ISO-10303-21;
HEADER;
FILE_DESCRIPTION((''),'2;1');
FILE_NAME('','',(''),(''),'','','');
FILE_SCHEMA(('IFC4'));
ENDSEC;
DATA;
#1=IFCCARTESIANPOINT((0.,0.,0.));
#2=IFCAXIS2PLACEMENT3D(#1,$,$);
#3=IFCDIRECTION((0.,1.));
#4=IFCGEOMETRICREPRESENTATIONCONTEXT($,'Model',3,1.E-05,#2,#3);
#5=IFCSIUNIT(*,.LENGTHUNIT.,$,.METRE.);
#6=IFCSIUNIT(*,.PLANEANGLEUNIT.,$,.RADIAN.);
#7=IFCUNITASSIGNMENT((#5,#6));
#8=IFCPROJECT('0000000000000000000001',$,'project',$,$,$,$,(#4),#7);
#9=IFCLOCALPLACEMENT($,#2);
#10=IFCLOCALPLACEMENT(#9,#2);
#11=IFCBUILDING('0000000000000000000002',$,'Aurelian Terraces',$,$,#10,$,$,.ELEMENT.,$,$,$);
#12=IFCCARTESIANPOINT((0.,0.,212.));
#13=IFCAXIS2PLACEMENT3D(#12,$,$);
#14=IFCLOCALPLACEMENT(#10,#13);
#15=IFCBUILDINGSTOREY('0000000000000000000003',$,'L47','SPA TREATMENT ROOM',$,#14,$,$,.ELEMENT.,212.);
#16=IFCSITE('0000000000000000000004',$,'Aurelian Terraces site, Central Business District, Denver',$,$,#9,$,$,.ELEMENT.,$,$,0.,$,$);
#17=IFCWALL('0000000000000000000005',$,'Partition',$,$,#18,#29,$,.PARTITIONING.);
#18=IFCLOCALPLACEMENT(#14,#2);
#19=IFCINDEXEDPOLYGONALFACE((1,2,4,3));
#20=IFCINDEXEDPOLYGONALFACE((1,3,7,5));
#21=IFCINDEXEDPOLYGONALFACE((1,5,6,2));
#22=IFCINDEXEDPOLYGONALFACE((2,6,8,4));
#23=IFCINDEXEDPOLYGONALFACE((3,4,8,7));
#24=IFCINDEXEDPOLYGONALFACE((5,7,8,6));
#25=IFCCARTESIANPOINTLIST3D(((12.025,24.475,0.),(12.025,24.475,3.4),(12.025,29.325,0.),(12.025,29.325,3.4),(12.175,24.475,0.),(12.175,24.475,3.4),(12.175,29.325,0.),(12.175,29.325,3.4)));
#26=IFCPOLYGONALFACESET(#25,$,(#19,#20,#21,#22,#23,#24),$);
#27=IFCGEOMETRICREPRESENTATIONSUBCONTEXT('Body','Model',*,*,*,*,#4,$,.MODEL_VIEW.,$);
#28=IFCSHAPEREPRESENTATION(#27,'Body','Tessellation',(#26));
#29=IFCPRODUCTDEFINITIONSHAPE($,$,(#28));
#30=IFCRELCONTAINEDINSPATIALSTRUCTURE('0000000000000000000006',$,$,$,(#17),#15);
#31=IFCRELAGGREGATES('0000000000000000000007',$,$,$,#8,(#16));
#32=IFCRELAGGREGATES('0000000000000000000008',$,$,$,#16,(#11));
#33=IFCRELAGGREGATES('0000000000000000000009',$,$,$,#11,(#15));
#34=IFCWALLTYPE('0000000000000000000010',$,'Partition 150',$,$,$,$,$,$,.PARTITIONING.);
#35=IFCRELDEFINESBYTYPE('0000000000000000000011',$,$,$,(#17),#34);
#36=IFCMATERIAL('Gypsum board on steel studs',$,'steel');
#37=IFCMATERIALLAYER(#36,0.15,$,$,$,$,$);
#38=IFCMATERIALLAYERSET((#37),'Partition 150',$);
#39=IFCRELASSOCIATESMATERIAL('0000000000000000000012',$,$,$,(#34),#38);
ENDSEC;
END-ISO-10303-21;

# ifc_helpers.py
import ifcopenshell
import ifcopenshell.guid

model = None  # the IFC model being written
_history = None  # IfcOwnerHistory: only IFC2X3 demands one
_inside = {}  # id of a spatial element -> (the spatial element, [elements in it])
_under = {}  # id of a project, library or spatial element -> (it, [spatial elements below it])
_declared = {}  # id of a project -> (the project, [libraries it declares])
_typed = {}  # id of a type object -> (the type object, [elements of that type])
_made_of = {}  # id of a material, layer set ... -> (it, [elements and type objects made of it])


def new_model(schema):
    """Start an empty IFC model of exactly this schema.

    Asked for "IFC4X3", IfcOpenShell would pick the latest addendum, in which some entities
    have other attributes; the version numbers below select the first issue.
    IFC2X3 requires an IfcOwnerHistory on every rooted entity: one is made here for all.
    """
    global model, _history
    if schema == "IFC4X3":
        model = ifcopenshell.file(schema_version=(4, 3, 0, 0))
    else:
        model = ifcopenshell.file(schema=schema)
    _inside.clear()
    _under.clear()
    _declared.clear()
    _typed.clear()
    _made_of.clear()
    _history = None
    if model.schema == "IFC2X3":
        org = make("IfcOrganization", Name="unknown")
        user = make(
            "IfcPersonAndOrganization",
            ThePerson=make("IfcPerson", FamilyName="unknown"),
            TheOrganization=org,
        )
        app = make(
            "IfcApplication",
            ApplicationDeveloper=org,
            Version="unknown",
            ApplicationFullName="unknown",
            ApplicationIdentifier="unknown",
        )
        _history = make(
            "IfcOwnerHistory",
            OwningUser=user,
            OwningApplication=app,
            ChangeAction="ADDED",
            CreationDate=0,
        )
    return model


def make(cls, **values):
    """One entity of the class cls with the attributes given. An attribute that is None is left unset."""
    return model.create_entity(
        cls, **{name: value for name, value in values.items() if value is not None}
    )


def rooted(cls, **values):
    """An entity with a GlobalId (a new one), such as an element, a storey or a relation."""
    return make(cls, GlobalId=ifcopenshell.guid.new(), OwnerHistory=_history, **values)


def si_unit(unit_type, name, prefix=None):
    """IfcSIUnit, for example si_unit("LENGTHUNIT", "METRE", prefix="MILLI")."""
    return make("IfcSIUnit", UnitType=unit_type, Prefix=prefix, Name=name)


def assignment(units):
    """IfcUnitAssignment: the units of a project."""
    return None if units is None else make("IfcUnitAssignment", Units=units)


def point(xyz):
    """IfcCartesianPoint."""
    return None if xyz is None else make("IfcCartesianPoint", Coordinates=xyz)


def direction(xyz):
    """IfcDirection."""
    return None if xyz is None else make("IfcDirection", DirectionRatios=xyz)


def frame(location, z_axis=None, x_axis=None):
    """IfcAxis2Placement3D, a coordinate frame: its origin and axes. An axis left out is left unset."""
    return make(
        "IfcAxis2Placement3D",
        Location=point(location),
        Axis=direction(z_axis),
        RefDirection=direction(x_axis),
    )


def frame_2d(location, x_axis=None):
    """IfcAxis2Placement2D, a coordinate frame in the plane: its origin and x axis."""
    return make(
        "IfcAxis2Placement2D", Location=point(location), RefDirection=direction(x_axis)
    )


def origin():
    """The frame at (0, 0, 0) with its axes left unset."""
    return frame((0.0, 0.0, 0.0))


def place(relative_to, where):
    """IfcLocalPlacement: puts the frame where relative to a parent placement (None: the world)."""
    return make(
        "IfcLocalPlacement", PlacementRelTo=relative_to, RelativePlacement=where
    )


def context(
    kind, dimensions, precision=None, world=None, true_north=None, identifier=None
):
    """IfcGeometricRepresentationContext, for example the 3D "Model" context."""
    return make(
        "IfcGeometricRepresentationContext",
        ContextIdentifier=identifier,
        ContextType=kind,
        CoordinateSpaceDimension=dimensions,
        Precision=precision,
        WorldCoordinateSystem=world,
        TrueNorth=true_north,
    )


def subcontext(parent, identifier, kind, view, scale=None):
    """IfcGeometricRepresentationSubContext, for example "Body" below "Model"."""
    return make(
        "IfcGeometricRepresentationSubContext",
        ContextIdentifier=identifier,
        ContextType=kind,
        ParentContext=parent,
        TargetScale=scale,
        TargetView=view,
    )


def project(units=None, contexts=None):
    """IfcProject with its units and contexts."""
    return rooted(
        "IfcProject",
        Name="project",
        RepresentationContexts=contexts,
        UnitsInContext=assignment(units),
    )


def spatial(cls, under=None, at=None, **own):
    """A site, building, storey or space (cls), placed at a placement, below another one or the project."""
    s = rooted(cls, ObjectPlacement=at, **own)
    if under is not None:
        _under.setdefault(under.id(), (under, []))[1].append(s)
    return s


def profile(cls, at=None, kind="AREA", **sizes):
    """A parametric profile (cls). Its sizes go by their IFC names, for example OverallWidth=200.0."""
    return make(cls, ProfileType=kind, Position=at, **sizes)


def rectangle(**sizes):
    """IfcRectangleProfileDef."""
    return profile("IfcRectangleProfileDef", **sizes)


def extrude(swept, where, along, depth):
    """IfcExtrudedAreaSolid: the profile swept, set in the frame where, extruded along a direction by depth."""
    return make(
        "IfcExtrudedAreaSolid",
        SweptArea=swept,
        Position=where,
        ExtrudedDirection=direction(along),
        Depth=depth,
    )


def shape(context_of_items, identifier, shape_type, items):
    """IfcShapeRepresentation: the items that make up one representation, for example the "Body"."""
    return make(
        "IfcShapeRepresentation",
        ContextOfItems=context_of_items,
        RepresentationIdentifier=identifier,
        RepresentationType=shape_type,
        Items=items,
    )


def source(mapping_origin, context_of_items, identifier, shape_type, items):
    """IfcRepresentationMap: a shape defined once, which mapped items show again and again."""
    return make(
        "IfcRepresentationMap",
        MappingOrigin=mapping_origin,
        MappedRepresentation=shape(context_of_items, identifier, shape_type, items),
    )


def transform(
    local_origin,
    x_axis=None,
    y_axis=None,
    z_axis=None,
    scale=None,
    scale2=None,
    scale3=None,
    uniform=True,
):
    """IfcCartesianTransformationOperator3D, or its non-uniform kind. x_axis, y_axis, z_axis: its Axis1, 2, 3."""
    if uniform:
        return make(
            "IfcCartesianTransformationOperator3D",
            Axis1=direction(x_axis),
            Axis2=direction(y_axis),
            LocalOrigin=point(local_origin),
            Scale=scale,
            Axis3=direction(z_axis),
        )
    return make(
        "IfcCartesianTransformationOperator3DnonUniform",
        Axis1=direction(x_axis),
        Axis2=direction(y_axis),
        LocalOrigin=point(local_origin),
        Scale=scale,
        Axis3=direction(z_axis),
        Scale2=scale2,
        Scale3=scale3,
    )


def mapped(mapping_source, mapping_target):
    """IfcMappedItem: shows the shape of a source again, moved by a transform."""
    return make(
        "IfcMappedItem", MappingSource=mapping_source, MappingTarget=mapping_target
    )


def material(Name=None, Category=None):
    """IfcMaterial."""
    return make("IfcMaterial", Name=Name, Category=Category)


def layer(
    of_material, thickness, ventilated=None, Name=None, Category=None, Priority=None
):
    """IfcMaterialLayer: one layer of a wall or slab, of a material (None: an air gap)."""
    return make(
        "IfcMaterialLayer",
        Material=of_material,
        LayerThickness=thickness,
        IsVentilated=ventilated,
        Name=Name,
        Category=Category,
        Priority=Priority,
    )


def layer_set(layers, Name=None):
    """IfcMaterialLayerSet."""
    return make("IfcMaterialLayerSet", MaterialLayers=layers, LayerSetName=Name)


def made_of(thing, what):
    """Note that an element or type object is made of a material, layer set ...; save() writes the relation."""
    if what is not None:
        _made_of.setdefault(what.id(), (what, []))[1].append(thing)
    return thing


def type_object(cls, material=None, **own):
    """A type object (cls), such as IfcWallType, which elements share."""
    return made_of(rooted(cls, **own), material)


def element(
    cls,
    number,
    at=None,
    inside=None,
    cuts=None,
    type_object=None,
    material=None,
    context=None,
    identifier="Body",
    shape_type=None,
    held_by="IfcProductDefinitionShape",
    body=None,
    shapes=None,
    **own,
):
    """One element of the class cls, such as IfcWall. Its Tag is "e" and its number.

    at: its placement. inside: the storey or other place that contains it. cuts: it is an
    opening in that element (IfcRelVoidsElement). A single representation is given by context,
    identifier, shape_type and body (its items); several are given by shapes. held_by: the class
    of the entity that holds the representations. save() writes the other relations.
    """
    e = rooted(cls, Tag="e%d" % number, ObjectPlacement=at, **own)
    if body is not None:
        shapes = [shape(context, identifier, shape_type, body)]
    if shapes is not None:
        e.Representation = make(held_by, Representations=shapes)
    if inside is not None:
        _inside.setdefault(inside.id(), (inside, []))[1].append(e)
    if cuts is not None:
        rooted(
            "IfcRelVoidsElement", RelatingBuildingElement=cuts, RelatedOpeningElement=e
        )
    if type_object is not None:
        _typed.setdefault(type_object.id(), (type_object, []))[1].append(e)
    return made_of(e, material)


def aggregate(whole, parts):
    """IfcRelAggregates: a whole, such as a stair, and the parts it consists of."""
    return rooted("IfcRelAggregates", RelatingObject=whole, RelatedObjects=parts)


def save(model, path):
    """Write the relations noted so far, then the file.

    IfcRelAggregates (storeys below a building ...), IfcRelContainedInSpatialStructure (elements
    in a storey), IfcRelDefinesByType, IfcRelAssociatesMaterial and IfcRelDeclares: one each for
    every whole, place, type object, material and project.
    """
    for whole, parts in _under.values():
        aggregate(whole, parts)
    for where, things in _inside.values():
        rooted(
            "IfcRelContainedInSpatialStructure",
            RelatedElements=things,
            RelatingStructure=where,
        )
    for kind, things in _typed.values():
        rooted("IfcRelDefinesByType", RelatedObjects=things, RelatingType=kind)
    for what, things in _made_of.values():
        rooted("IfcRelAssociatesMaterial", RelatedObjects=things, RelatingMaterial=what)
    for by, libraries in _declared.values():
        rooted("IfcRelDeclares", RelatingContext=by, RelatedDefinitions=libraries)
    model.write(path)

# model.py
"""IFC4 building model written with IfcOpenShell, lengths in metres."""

from ifc_helpers import new_model, si_unit, direction, frame, frame_2d, origin, place, context, subcontext, project, spatial, rectangle, extrude, source, transform, mapped, material, layer, layer_set, type_object, element, save


model = new_model("IFC4")

# Units and contexts
model_context = context("Model", 3, precision=1e-05, world=origin(), true_north=direction((0.0, 1.0)))
body_context = subcontext(model_context, "Body", "Model", "MODEL_VIEW")
ifc_project = project(units=[si_unit("LENGTHUNIT", "METRE"), si_unit("PLANEANGLEUNIT", "RADIAN")], contexts=[model_context])

# Site, building, storey
site_placement = place(None, origin())
site = spatial("IfcSite", under=ifc_project, at=site_placement, Name="Aurelian Terraces site, Central Business District, Denver", CompositionType="ELEMENT", RefElevation=0.0)
building_placement = place(site_placement, origin())
building = spatial("IfcBuilding", under=site, at=building_placement, Name="Aurelian Terraces", CompositionType="ELEMENT")
storey_placement = place(building_placement, frame((0.0, 0.0, 212.0)))
storey = spatial("IfcBuildingStorey", under=building, at=storey_placement, Name="L47", Description="SPA TREATMENT ROOM", CompositionType="ELEMENT", Elevation=212.0)

# Shared definitions
ifc_material_1 = material(Name="Gypsum board on steel studs", Category="steel")
ifc_layer_1 = layer(ifc_material_1, 0.15)
ifc_layer_set_1 = layer_set([ifc_layer_1], Name="Partition 150")
wall_type_1 = type_object("IfcWallType", Name="Partition 150", PredefinedType="PARTITIONING", material=ifc_layer_set_1)

# Wall
shared_shape_1 = source(origin(), body_context, "Body", "SweptSolid", [
    extrude(rectangle(XDim=4.85, YDim=0.15, at=frame_2d((2.425, 0.0))), origin(), (0.0, 0.0, 1.0), 3.4),
])
wall_1_placement = place(storey_placement, frame((12.1, 24.475, 0.0), z_axis=(0.0, 0.0, 1.0), x_axis=(0.0, 1.0, 0.0)))
element("IfcWall", 1, at=wall_1_placement, inside=storey, type_object=wall_type_1, Name="Partition", PredefinedType="PARTITIONING", context=body_context, shape_type="MappedRepresentation", body=[
    mapped(shared_shape_1, transform((0.0, 0.0, 0.0), scale=1.0)),
])

save(model, "model.ifc")
